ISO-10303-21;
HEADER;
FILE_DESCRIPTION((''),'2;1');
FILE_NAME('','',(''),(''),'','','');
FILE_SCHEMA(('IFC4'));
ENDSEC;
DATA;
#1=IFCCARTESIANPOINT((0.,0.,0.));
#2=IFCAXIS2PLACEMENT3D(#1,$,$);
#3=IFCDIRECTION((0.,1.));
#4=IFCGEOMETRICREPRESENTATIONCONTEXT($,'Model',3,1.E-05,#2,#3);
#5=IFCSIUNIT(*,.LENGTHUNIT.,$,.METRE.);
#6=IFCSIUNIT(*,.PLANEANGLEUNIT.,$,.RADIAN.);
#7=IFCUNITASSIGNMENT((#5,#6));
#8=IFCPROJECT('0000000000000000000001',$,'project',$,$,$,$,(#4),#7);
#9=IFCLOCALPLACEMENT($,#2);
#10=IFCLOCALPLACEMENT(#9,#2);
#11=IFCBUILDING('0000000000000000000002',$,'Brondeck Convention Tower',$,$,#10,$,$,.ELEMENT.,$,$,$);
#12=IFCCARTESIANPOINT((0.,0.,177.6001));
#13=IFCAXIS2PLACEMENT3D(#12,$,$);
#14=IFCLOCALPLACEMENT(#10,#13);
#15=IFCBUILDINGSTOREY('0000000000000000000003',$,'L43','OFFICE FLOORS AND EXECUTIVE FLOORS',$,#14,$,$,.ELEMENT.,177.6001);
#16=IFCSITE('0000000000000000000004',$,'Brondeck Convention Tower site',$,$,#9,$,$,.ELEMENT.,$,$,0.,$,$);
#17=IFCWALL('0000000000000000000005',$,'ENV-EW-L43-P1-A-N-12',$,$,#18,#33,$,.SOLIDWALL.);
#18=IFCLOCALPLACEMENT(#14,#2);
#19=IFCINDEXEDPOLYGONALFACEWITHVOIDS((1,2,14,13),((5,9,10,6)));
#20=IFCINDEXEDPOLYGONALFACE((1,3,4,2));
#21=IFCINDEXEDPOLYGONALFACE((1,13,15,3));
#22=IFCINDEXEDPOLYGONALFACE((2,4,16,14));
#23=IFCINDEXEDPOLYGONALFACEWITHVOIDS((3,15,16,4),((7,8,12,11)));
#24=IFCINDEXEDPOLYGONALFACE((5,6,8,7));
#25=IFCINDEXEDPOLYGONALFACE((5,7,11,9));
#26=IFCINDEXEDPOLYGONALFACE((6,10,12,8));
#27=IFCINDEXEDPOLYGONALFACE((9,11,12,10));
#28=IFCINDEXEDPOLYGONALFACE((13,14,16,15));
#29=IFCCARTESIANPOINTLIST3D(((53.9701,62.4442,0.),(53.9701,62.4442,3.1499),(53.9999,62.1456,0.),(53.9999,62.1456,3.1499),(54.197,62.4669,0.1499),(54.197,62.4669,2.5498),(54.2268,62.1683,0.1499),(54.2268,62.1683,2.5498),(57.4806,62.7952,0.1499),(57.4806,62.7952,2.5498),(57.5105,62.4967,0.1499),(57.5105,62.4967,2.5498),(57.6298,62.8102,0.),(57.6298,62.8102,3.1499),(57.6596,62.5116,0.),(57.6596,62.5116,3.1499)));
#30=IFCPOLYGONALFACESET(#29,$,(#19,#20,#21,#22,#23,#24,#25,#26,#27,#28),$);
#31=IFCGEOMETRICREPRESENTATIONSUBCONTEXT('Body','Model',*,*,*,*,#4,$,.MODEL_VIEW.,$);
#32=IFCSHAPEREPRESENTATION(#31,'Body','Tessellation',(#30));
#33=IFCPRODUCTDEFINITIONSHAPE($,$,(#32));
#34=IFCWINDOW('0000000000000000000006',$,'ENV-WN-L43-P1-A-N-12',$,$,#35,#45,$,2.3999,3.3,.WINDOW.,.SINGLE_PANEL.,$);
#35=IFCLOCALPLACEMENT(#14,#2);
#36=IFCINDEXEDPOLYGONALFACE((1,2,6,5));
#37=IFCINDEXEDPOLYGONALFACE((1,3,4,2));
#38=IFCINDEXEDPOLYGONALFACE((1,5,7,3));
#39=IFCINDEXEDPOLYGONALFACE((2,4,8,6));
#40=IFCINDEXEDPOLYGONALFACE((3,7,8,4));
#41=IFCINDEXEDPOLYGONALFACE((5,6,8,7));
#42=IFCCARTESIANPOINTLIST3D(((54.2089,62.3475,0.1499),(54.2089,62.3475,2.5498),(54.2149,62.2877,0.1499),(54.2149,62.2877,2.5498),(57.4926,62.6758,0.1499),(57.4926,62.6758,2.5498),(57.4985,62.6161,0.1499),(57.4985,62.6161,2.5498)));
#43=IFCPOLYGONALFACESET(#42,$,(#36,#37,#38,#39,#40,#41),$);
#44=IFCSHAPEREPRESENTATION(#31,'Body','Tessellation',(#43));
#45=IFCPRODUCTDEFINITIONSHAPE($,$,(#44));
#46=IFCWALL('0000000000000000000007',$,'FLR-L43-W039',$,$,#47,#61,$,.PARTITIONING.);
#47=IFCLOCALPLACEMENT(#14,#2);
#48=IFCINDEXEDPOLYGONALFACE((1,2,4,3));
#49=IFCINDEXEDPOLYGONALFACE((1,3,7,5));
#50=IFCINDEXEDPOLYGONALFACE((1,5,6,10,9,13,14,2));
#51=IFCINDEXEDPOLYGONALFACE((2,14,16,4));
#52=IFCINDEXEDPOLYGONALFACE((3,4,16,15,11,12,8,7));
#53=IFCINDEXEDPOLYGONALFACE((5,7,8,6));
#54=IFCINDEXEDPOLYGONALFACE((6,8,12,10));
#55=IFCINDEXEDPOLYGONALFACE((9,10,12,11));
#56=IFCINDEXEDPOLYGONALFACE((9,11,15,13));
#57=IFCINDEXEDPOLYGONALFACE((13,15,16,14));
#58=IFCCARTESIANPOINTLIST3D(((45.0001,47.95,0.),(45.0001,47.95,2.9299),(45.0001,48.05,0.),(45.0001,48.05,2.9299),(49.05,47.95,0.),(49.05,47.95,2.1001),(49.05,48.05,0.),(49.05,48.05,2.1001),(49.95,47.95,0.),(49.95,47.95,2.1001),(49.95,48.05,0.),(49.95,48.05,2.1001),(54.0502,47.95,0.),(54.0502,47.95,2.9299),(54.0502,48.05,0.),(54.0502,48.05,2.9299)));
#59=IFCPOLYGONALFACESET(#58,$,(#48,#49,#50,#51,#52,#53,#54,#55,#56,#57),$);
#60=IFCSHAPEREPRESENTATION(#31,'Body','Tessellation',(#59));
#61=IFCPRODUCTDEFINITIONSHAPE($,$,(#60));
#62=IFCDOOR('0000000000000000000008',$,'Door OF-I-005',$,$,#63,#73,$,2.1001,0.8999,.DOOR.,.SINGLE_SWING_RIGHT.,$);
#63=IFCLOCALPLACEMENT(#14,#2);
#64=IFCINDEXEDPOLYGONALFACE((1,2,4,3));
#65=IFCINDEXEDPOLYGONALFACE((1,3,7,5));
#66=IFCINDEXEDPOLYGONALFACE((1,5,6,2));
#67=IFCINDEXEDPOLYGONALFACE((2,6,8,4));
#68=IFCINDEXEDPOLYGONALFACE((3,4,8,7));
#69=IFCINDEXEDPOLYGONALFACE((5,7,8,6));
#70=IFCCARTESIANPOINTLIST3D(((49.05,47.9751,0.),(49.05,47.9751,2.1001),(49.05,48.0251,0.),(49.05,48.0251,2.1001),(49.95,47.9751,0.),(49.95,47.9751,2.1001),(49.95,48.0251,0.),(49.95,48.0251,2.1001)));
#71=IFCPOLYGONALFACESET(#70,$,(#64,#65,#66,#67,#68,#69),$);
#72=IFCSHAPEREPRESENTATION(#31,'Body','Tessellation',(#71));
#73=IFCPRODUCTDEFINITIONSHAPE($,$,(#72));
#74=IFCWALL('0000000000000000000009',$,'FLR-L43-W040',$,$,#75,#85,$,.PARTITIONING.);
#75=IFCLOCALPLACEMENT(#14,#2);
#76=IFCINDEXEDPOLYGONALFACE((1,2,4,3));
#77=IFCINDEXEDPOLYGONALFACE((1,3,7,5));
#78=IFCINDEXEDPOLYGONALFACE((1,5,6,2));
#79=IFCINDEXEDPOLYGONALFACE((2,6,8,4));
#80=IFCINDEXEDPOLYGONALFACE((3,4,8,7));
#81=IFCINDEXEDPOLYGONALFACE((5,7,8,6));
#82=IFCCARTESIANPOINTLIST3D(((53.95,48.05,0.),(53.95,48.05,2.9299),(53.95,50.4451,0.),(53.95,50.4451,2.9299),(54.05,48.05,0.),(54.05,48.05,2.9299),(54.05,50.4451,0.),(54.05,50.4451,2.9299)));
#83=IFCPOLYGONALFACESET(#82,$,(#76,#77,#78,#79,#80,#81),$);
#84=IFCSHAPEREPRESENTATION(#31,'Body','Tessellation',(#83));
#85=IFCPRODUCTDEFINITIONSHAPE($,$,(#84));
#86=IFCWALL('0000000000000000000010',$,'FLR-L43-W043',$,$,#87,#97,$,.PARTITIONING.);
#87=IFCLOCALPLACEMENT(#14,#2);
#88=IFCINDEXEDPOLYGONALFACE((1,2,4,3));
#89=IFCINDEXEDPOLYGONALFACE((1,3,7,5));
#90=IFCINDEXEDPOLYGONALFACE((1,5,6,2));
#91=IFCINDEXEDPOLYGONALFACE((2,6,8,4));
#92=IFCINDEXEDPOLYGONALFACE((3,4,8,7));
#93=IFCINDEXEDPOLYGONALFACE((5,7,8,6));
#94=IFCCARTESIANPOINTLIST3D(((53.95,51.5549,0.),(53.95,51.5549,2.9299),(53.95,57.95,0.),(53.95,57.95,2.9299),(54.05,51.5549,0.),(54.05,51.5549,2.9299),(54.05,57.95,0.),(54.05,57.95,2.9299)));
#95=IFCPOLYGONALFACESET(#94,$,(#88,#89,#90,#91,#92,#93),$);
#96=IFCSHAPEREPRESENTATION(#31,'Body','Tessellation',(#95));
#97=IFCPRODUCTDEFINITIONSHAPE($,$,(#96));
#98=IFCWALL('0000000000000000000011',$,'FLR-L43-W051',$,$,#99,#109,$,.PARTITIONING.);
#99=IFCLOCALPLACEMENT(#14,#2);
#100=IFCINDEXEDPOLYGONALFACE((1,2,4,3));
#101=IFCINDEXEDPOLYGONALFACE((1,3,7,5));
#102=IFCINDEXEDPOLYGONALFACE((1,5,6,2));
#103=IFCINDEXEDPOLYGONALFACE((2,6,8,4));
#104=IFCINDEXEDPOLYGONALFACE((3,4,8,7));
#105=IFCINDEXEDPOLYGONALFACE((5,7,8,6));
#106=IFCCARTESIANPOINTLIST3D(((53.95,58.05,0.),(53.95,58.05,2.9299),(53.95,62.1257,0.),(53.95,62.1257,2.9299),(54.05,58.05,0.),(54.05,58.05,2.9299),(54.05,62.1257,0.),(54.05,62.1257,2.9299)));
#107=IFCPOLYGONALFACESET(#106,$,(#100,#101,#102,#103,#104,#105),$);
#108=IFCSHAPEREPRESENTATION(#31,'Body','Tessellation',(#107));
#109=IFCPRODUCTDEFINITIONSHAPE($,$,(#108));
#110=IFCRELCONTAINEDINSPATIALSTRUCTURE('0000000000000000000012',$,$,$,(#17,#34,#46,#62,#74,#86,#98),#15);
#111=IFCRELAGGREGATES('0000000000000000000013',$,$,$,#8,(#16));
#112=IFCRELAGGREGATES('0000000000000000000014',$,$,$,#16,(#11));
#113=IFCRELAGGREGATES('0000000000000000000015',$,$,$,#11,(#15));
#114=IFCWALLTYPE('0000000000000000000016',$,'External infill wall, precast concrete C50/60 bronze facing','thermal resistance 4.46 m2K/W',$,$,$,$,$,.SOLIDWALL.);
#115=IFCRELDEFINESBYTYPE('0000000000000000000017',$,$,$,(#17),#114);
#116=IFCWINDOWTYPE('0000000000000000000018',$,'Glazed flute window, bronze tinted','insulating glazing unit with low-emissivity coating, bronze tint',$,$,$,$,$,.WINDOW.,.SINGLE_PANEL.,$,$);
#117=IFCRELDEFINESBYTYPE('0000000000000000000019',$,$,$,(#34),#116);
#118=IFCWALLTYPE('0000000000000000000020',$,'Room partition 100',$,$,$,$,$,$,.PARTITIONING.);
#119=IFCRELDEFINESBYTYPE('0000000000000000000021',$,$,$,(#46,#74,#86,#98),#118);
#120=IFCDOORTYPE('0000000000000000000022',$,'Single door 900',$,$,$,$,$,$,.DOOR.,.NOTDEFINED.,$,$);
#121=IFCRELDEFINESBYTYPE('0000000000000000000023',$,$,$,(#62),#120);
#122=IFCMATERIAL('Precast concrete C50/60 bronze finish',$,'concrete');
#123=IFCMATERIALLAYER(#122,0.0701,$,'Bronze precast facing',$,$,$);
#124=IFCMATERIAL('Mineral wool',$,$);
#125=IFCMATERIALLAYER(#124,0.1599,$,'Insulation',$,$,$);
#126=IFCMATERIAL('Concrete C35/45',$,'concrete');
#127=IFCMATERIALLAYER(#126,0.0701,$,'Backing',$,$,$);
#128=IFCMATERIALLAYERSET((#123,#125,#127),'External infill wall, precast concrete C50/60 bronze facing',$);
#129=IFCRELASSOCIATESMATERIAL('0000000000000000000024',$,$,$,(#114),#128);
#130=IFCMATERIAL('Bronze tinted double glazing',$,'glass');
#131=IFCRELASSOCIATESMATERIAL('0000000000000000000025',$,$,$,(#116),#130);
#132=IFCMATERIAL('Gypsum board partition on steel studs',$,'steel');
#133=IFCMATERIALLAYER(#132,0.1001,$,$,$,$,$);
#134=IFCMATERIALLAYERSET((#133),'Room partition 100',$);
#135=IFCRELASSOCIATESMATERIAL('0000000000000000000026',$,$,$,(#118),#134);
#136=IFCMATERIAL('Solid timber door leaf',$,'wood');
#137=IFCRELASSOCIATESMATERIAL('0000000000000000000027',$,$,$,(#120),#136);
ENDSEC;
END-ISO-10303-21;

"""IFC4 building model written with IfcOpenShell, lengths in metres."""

from ifc_helpers import new_model, si_unit, direction, frame, frame_2d, origin, place, context, subcontext, project, spatial, rectangle, extrude, material, layer, layer_set, type_object, element, fill, save


model = new_model("IFC4")

# Units and contexts
model_context = context("Model", 3, precision=1e-05, world=origin(), true_north=direction((0.0, 1.0)))
body_context = subcontext(model_context, "Body", "Model", "MODEL_VIEW")
ifc_project = project(units=[si_unit("LENGTHUNIT", "METRE"), si_unit("PLANEANGLEUNIT", "RADIAN")], contexts=[model_context])

# Site, building, storey
site_placement = place(None, origin())
site = spatial("IfcSite", under=ifc_project, at=site_placement, Name="Brondeck Convention Tower site", CompositionType="ELEMENT", RefElevation=0.0)
building_placement = place(site_placement, origin())
building = spatial("IfcBuilding", under=site, at=building_placement, Name="Brondeck Convention Tower", CompositionType="ELEMENT")
storey_placement = place(building_placement, frame((0.0, 0.0, 177.6001)))
storey = spatial("IfcBuildingStorey", under=building, at=storey_placement, Name="L43", Description="OFFICE FLOORS AND EXECUTIVE FLOORS", CompositionType="ELEMENT", Elevation=177.6001)

# Shared definitions
ifc_material_1 = material(Name="Precast concrete C50/60 bronze finish", Category="concrete")
ifc_layer_1 = layer(ifc_material_1, 0.0701, Name="Bronze precast facing")
ifc_material_2 = material(Name="Mineral wool")
ifc_layer_2 = layer(ifc_material_2, 0.1599, Name="Insulation")
ifc_material_3 = material(Name="Concrete C35/45", Category="concrete")
ifc_layer_3 = layer(ifc_material_3, 0.0701, Name="Backing")
ifc_layer_set_1 = layer_set([ifc_layer_1, ifc_layer_2, ifc_layer_3], Name="External infill wall, precast concrete C50/60 bronze facing")
wall_type_1 = type_object("IfcWallType", Name="External infill wall, precast concrete C50/60 bronze facing", Description="thermal resistance 4.46 m2K/W", PredefinedType="SOLIDWALL", material=ifc_layer_set_1)
ifc_material_4 = material(Name="Bronze tinted double glazing", Category="glass")
window_type_1 = type_object("IfcWindowType", Name="Glazed flute window, bronze tinted", Description="insulating glazing unit with low-emissivity coating, bronze tint", PartitioningType="SINGLE_PANEL", PredefinedType="WINDOW", material=ifc_material_4)

# Wall, opening, window
wall_1_placement = place(storey_placement, frame((53.9851, 62.2949, 0.0), z_axis=(0.0, 0.0, 1.0), x_axis=(0.995037, 0.099504, 0.0)))
wall_1 = element("IfcWall", 1, at=wall_1_placement, inside=storey, type_object=wall_type_1, Name="ENV-EW-L43-P1-A-N-12", PredefinedType="SOLIDWALL", context=body_context, shape_type="SweptSolid", body=[
    extrude(rectangle(XDim=3.678, YDim=0.3, at=frame_2d((1.8389, 0.0))), origin(), (0.0, 0.0, 1.0), 3.1499),
])
opening_1_placement = place(wall_1_placement, frame((0.228, 0.0, 0.1499)))
opening_1 = element("IfcOpeningElement", 2, at=opening_1_placement, cuts=wall_1, PredefinedType="OPENING", context=body_context, shape_type="SweptSolid", body=[
    extrude(rectangle(XDim=3.3, YDim=2.3999, at=frame_2d((1.6499, 1.2))), frame((0.0, 0.1599, 0.0), z_axis=(0.0, -1.0, 0.0), x_axis=(1.0, 0.0, 0.0)), (0.0, 0.0, 1.0), 0.3201),
])
window_1_placement = place(opening_1_placement, origin())
window_1 = element("IfcWindow", 3, at=window_1_placement, inside=storey, type_object=window_type_1, Name="ENV-WN-L43-P1-A-N-12", OverallHeight=2.3999, OverallWidth=3.3, PartitioningType="SINGLE_PANEL", PredefinedType="WINDOW", context=body_context, shape_type="SweptSolid", body=[
    extrude(rectangle(XDim=3.3, YDim=2.3999, at=frame_2d((1.6499, 1.2))), frame((0.0, 0.03, 0.0), z_axis=(0.0, -1.0, 0.0), x_axis=(1.0, 0.0, 0.0)), (0.0, 0.0, 1.0), 0.0601),
])
fill(opening_1, window_1)

# Wall, opening, door
ifc_material_5 = material(Name="Gypsum board partition on steel studs", Category="steel")
ifc_layer_4 = layer(ifc_material_5, 0.1001)
ifc_layer_set_2 = layer_set([ifc_layer_4], Name="Room partition 100")
wall_type_2 = type_object("IfcWallType", Name="Room partition 100", PredefinedType="PARTITIONING", material=ifc_layer_set_2)
wall_2_placement = place(storey_placement, frame((54.05, 48.0, 0.0), z_axis=(0.0, 0.0, 1.0), x_axis=(-1.0, 0.0, 0.0)))
wall_2 = element("IfcWall", 4, at=wall_2_placement, inside=storey, type_object=wall_type_2, Name="FLR-L43-W039", PredefinedType="PARTITIONING", context=body_context, shape_type="SweptSolid", body=[
    extrude(rectangle(XDim=9.05, YDim=0.1001, at=frame_2d((4.5249, 0.0))), origin(), (0.0, 0.0, 1.0), 2.9299),
])
opening_2_placement = place(wall_2_placement, frame((4.1001, 0.0, 0.0)))
opening_2 = element("IfcOpeningElement", 5, at=opening_2_placement, cuts=wall_2, PredefinedType="OPENING", context=body_context, shape_type="SweptSolid", body=[
    extrude(rectangle(XDim=0.8999, YDim=2.1001, at=frame_2d((0.45, 1.05))), frame((0.0, 0.0601, 0.0), z_axis=(0.0, -1.0, 0.0), x_axis=(1.0, 0.0, 0.0)), (0.0, 0.0, 1.0), 0.1201),
])
ifc_material_6 = material(Name="Solid timber door leaf", Category="wood")
door_type = type_object("IfcDoorType", Name="Single door 900", OperationType="NOTDEFINED", PredefinedType="DOOR", material=ifc_material_6)
door_placement = place(opening_2_placement, origin())
door = element("IfcDoor", 6, at=door_placement, inside=storey, type_object=door_type, Name="Door OF-I-005", OperationType="SINGLE_SWING_RIGHT", OverallHeight=2.1001, OverallWidth=0.8999, PredefinedType="DOOR", context=body_context, shape_type="SweptSolid", body=[
    extrude(rectangle(XDim=0.8999, YDim=2.1001, at=frame_2d((0.45, 1.05))), frame((0.0, 0.0249, 0.0), z_axis=(0.0, -1.0, 0.0), x_axis=(1.0, 0.0, 0.0)), (0.0, 0.0, 1.0), 0.05),
])
fill(opening_2, door)

# Walls
wall_3_placement = place(storey_placement, frame((54.0, 50.4451, 0.0), z_axis=(0.0, 0.0, 1.0), x_axis=(0.0, -1.0, 0.0)))
element("IfcWall", 7, at=wall_3_placement, inside=storey, type_object=wall_type_2, Name="FLR-L43-W040", PredefinedType="PARTITIONING", context=body_context, shape_type="SweptSolid", body=[
    extrude(rectangle(XDim=2.395, YDim=0.1001, at=frame_2d((1.1975, 0.0))), origin(), (0.0, 0.0, 1.0), 2.9299),
])
wall_4_placement = place(storey_placement, frame((54.0, 51.5549, 0.0), z_axis=(0.0, 0.0, 1.0), x_axis=(0.0, 1.0, 0.0)))
element("IfcWall", 8, at=wall_4_placement, inside=storey, type_object=wall_type_2, Name="FLR-L43-W043", PredefinedType="PARTITIONING", context=body_context, shape_type="SweptSolid", body=[
    extrude(rectangle(XDim=6.395, YDim=0.1001, at=frame_2d((3.1975, 0.0))), origin(), (0.0, 0.0, 1.0), 2.9299),
])
wall_5_placement = place(storey_placement, frame((54.0, 58.05, 0.0), z_axis=(0.0, 0.0, 1.0), x_axis=(0.0, 1.0, 0.0)))
element("IfcWall", 9, at=wall_5_placement, inside=storey, type_object=wall_type_2, Name="FLR-L43-W051", PredefinedType="PARTITIONING", context=body_context, shape_type="SweptSolid", body=[
    extrude(rectangle(XDim=4.0757, YDim=0.1001, at=frame_2d((2.0378, 0.0))), origin(), (0.0, 0.0, 1.0), 2.9299),
])

save(model, "model.ifc")
